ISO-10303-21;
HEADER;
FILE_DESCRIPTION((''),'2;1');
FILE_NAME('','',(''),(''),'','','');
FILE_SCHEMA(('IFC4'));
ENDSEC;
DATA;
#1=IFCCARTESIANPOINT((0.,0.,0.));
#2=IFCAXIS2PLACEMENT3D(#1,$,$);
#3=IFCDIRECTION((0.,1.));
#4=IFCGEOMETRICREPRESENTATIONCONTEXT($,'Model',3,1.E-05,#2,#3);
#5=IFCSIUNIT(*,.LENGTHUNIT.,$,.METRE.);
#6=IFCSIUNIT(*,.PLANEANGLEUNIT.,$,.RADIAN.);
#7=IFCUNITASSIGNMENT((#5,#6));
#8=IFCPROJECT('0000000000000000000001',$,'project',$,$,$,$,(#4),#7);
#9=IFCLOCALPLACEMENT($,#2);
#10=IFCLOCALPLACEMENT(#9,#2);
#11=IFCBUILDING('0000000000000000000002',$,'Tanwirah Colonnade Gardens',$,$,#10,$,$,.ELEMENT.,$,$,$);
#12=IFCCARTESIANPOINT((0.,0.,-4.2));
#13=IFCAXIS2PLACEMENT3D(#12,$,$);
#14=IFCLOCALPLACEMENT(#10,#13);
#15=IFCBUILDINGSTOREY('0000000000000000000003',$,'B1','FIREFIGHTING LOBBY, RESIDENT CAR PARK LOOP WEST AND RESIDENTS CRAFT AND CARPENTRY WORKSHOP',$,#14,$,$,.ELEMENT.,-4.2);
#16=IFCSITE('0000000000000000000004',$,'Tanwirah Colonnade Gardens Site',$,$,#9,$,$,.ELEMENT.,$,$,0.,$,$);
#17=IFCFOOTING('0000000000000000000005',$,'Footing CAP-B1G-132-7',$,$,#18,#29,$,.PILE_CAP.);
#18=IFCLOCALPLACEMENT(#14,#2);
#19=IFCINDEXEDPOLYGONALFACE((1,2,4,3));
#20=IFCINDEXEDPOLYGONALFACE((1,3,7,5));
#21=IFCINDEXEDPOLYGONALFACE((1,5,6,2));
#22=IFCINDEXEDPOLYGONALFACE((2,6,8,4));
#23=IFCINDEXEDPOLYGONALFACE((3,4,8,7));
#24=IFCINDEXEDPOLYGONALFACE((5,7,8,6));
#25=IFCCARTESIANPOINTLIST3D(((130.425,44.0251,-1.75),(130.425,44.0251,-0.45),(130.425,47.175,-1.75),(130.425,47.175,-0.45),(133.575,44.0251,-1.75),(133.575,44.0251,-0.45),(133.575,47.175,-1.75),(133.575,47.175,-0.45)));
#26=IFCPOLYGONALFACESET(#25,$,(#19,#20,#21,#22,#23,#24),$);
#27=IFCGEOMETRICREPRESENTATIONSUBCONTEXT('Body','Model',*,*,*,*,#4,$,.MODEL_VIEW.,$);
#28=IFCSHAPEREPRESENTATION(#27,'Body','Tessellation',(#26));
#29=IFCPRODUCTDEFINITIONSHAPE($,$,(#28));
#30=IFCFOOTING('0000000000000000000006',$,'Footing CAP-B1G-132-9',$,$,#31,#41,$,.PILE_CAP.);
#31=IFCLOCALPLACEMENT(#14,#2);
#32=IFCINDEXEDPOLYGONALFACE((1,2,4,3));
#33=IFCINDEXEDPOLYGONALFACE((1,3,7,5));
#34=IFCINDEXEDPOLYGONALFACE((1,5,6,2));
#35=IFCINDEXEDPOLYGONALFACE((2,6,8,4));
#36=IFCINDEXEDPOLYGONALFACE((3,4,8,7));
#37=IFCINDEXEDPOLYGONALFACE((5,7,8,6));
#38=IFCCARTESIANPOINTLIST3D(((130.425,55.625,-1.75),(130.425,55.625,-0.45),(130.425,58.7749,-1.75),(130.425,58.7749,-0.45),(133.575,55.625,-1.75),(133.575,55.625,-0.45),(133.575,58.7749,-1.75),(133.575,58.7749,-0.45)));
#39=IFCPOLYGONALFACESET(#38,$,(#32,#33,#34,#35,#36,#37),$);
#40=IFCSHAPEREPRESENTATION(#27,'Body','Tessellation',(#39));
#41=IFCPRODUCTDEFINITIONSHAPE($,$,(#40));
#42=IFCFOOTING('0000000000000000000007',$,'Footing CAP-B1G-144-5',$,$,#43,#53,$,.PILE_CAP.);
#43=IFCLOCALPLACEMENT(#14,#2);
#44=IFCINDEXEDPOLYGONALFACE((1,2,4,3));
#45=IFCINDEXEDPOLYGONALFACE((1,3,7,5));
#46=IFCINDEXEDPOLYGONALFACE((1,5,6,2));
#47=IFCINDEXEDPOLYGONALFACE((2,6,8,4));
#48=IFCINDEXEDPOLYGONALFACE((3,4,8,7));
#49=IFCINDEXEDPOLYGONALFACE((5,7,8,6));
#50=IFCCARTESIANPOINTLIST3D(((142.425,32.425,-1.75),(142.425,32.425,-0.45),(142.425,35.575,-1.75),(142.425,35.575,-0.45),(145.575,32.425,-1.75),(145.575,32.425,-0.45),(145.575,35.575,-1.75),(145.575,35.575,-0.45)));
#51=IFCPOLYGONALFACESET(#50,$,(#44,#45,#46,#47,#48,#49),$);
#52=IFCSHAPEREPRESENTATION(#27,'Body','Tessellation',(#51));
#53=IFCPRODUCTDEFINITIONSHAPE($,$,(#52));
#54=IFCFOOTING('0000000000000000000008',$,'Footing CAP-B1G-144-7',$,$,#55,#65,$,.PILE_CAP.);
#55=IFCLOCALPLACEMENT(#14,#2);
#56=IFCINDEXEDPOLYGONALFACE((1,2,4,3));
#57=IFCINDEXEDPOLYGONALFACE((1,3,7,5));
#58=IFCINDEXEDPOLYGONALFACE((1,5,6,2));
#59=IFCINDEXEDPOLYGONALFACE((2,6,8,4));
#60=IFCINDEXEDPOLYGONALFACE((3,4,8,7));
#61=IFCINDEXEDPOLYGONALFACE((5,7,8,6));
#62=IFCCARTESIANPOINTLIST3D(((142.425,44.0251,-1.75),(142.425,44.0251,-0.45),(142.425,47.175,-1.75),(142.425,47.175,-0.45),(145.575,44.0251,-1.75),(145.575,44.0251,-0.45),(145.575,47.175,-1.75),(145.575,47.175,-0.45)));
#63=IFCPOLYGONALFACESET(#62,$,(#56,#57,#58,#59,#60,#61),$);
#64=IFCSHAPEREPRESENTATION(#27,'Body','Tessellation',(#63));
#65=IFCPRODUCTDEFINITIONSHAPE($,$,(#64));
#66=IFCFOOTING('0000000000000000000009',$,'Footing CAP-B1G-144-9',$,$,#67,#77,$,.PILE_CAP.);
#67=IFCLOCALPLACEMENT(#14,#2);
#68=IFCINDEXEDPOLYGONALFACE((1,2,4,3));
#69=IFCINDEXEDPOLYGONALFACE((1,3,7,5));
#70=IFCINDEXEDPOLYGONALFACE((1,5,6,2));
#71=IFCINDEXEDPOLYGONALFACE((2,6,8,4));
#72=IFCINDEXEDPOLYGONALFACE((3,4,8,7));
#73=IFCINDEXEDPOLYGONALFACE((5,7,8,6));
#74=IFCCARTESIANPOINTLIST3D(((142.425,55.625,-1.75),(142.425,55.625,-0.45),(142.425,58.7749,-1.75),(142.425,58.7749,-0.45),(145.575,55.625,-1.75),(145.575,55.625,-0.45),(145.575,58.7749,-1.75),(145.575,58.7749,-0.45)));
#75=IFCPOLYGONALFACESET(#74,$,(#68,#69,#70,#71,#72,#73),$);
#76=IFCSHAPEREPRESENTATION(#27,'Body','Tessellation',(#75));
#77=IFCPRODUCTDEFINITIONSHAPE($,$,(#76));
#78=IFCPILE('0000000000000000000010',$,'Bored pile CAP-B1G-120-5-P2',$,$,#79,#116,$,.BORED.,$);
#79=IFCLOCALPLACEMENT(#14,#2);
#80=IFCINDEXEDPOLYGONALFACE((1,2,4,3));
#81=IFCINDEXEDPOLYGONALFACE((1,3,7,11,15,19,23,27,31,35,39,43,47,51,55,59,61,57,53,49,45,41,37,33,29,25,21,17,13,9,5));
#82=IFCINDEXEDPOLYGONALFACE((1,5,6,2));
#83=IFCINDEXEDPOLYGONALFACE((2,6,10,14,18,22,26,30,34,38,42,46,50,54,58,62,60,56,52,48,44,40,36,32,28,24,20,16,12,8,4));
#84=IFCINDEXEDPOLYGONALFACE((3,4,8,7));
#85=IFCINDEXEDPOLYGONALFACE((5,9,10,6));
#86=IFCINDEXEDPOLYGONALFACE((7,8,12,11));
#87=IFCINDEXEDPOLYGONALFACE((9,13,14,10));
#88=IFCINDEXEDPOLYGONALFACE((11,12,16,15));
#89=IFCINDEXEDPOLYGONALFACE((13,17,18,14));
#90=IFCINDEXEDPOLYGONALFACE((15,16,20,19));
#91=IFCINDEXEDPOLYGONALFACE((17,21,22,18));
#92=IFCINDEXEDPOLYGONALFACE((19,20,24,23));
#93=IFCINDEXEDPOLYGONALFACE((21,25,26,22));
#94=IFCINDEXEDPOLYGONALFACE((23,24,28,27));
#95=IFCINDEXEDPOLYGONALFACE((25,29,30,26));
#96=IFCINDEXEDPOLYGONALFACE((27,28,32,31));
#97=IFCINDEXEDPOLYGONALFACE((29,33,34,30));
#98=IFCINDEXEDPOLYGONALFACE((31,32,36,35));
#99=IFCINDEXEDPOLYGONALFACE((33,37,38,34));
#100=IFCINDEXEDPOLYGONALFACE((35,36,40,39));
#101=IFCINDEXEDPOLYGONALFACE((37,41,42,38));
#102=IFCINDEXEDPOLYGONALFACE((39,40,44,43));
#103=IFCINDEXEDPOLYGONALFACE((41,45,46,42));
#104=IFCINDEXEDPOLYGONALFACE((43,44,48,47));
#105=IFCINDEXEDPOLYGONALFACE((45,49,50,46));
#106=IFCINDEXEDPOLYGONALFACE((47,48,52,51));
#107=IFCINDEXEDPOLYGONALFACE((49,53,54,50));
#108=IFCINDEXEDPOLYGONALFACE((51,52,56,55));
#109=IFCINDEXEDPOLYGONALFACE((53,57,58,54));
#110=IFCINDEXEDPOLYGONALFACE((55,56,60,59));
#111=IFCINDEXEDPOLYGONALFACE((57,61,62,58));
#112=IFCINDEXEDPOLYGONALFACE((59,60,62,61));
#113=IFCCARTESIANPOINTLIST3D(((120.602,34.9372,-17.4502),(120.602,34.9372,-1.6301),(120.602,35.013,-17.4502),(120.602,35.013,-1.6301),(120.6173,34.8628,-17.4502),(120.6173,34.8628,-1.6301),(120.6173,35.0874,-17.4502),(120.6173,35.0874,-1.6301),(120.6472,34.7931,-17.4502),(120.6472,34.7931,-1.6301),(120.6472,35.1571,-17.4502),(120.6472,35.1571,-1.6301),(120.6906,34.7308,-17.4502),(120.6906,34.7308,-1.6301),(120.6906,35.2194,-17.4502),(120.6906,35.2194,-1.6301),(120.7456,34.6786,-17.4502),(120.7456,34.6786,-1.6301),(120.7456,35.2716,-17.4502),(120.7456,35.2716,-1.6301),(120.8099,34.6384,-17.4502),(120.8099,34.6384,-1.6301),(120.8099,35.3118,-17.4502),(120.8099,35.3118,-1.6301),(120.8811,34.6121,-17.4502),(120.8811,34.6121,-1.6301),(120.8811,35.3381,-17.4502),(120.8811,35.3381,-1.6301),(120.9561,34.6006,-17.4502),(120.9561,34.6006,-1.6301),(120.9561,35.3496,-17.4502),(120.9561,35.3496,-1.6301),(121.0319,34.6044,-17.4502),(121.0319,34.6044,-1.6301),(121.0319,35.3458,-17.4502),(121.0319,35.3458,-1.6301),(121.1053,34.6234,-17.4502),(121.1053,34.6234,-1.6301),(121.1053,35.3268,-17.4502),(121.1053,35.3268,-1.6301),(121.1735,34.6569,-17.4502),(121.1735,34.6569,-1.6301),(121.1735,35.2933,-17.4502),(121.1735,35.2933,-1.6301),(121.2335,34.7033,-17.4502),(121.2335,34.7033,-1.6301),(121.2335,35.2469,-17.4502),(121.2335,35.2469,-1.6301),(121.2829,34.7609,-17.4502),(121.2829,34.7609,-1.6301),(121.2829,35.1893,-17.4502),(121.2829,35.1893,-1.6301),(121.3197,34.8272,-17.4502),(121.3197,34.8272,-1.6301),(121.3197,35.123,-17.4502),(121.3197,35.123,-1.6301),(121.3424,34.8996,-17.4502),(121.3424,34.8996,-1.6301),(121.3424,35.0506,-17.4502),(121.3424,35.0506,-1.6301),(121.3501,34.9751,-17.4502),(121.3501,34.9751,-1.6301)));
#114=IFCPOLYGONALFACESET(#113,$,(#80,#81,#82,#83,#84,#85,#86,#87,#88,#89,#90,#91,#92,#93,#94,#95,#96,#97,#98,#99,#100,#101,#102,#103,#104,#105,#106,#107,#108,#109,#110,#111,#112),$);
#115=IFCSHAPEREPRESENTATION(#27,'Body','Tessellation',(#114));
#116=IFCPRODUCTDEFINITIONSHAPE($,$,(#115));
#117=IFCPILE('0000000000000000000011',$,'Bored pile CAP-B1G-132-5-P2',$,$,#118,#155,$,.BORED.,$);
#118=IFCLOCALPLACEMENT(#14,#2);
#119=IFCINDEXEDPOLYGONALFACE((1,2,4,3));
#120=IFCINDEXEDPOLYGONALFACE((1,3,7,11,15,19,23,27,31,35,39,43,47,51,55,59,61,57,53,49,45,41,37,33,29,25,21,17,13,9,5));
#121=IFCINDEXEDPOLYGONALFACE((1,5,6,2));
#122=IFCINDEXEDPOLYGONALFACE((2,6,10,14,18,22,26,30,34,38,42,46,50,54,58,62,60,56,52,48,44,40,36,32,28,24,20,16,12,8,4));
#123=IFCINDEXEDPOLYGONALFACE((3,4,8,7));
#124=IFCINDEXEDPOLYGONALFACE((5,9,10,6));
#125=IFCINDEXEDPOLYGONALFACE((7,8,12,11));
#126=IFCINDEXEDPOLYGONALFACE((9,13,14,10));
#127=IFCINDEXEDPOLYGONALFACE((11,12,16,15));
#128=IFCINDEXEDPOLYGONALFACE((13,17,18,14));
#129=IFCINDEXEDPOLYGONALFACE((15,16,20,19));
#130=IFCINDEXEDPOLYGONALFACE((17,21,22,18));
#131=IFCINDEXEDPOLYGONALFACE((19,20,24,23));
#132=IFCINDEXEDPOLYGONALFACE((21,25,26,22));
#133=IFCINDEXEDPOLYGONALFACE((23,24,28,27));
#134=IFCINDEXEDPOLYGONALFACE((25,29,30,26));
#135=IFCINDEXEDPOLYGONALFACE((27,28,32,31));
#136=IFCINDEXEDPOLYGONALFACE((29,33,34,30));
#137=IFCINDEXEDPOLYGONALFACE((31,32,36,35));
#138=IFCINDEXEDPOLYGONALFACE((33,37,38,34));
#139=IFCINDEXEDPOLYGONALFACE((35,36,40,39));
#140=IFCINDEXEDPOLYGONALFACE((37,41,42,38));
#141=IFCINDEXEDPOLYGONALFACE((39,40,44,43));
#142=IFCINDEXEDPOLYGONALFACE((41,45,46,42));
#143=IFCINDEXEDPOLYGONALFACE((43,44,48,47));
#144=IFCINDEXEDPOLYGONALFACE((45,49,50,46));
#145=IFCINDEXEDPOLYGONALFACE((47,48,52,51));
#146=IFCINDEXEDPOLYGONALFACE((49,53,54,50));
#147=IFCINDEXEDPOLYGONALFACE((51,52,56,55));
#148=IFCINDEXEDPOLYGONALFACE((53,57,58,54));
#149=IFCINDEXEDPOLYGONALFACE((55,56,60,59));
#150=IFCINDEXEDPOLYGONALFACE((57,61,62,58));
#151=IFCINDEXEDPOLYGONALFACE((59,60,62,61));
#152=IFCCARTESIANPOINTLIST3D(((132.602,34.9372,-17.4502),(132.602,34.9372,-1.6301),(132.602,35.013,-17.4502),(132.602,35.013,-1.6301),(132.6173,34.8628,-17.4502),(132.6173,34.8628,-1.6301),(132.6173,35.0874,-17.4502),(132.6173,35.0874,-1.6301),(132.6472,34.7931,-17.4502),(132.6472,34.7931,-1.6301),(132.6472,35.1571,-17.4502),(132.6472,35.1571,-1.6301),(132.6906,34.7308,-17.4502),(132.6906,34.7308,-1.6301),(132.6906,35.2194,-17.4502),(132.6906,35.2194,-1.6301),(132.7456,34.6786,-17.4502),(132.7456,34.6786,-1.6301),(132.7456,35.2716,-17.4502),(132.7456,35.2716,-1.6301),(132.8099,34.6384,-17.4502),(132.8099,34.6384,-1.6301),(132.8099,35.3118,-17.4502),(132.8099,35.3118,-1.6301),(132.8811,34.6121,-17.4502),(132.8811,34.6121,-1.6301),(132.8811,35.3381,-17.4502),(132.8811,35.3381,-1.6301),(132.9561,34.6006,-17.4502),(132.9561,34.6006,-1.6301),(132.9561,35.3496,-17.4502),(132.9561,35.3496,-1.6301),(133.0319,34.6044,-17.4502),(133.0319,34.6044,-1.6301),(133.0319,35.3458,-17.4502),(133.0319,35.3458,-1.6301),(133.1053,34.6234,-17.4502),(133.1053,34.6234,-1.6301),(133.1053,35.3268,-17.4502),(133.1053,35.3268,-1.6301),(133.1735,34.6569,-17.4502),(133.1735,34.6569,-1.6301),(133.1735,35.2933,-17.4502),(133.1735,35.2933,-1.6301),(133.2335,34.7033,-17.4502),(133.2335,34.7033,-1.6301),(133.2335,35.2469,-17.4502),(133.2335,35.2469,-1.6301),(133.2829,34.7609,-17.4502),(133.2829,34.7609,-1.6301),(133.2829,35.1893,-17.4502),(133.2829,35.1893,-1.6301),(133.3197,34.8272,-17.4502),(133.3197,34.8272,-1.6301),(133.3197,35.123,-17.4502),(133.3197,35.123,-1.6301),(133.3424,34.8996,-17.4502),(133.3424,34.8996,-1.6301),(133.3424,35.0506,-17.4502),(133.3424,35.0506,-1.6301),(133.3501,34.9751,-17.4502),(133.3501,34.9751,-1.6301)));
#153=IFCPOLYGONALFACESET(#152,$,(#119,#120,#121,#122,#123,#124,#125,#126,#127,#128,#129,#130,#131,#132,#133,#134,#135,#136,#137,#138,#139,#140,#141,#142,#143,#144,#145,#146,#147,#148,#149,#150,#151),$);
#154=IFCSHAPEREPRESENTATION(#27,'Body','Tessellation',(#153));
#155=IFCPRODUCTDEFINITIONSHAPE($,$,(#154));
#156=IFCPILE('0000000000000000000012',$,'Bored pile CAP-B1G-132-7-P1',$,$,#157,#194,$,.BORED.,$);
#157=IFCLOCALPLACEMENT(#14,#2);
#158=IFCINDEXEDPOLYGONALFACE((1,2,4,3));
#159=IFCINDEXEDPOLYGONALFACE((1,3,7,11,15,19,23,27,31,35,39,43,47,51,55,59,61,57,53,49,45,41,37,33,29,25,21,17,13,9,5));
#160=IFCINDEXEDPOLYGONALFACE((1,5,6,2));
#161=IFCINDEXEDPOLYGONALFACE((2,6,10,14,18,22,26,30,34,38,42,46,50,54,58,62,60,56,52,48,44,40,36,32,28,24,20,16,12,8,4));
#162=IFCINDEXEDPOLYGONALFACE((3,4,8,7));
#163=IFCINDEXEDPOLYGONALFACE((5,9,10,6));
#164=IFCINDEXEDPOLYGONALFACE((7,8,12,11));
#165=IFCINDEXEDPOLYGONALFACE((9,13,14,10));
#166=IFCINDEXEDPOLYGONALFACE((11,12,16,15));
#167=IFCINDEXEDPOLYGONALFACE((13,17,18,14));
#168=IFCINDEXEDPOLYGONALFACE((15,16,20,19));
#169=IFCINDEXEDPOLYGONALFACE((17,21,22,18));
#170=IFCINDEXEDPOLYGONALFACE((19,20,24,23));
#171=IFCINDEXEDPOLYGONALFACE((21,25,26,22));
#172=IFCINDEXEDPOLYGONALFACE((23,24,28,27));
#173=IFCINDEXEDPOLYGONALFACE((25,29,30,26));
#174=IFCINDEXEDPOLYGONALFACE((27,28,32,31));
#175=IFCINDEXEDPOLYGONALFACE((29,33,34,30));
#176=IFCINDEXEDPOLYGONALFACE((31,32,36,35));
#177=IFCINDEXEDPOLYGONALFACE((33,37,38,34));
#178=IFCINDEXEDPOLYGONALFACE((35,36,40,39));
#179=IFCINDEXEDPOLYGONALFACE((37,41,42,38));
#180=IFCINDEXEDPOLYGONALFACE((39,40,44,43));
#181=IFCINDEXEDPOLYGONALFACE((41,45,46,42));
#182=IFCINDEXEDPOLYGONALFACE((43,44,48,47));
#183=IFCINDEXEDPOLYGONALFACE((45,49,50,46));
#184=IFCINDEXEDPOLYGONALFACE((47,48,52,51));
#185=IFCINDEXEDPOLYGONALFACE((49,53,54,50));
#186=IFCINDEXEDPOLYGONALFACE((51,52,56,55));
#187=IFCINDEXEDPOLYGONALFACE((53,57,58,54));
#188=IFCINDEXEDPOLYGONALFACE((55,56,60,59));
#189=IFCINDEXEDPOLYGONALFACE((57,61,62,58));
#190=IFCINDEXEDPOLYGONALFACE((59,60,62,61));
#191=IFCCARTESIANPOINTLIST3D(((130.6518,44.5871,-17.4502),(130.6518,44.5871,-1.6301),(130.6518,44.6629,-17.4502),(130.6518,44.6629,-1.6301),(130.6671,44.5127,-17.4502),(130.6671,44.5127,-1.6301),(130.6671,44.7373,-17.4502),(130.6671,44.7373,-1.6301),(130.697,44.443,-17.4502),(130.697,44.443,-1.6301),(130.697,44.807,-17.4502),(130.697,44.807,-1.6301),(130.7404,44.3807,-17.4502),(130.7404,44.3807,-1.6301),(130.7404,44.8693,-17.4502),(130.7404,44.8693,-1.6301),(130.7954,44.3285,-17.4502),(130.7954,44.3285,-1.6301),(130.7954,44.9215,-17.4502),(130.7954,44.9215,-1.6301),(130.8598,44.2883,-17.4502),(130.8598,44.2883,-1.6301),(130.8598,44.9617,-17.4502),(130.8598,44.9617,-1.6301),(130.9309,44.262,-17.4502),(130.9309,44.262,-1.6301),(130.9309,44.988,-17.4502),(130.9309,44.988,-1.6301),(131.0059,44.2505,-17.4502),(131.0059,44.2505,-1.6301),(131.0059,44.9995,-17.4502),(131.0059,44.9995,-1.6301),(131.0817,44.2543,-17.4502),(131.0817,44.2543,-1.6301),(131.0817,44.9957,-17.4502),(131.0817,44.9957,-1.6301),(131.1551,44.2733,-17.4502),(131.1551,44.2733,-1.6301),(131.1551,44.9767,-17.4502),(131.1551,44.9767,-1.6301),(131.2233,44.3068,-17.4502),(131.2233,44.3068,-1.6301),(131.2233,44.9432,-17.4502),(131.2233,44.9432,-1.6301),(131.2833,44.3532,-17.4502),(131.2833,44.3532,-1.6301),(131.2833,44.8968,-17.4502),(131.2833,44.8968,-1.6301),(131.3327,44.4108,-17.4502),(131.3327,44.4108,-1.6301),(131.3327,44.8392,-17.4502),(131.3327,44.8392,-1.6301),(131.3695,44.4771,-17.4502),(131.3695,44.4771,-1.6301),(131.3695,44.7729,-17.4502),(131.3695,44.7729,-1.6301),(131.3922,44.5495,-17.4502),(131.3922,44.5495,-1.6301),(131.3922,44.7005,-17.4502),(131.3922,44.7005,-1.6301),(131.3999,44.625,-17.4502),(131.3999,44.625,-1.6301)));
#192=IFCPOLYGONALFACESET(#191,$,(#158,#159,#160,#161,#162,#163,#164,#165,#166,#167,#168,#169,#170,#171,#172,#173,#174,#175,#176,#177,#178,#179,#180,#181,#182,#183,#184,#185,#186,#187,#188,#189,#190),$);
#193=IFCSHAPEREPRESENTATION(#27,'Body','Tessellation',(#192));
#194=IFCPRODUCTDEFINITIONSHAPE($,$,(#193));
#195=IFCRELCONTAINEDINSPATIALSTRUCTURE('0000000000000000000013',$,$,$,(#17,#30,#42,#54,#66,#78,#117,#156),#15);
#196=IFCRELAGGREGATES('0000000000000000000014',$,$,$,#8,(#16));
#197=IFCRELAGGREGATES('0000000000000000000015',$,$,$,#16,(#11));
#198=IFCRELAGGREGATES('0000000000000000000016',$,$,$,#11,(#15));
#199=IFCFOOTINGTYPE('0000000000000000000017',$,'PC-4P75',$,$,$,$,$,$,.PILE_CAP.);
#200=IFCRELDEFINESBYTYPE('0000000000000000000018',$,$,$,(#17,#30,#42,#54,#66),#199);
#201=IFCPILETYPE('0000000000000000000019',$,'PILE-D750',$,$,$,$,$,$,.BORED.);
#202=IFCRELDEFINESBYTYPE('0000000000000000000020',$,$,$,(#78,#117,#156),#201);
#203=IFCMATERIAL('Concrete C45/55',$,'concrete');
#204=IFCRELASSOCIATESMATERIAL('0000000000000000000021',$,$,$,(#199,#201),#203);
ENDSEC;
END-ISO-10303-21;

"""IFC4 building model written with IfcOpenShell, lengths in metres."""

from ifc_helpers import new_model, si_unit, direction, frame, origin, origin_2d, place, context, subcontext, project, spatial, rectangle, circle, extrude, material, material_profile, profile_set, type_object, element, save


model = new_model("IFC4")

# Units and contexts
model_context = context("Model", 3, precision=1e-05, world=origin(), true_north=direction((0.0, 1.0)))
body_context = subcontext(model_context, "Body", "Model", "MODEL_VIEW")
ifc_project = project(units=[si_unit("LENGTHUNIT", "METRE"), si_unit("PLANEANGLEUNIT", "RADIAN")], contexts=[model_context])

# Site, building, storey
site_placement = place(None, origin())
site = spatial("IfcSite", under=ifc_project, at=site_placement, Name="Tanwirah Colonnade Gardens Site", CompositionType="ELEMENT", RefElevation=0.0)
building_placement = place(site_placement, origin())
building = spatial("IfcBuilding", under=site, at=building_placement, Name="Tanwirah Colonnade Gardens", CompositionType="ELEMENT")
storey_placement = place(building_placement, frame((0.0, 0.0, -4.2)))
storey = spatial("IfcBuildingStorey", under=building, at=storey_placement, Name="B1", Description="FIREFIGHTING LOBBY, RESIDENT CAR PARK LOOP WEST AND RESIDENTS CRAFT AND CARPENTRY WORKSHOP", CompositionType="ELEMENT", Elevation=-4.2)

# Footings
ifc_material_1 = material(Name="Concrete C45/55", Category="concrete")
footing_type = type_object("IfcFootingType", Name="PC-4P75", PredefinedType="PILE_CAP", material=ifc_material_1)
for number, where, z_axis, x_axis, name in (
    (1, (132.0, 45.6001, -1.75), (0.0, 0.0, 1.0), (1.0, 0.0, 0.0), "Footing CAP-B1G-132-7"),
    (2, (132.0, 57.2, -1.75), (0.0, 0.0, 1.0), (1.0, 0.0, 0.0), "Footing CAP-B1G-132-9"),
    (3, (144.0, 34.0, -1.75), (0.0, 0.0, 1.0), (1.0, 0.0, 0.0), "Footing CAP-B1G-144-5"),
    (4, (144.0, 45.6001, -1.75), (0.0, 0.0, 1.0), (1.0, 0.0, 0.0), "Footing CAP-B1G-144-7"),
    (5, (144.0, 57.2, -1.75), (0.0, 0.0, 1.0), (1.0, 0.0, 0.0), "Footing CAP-B1G-144-9"),
):
    element("IfcFooting", number, at=place(storey_placement, frame(where, z_axis=z_axis, x_axis=x_axis)), inside=storey, type_object=footing_type, Name=name, PredefinedType="PILE_CAP", context=body_context, shape_type="SweptSolid", body=[
        extrude(rectangle(XDim=3.1499, YDim=3.1499, at=origin_2d()), origin(), (0.0, 0.0, 1.0), 1.3),
    ])

# Piles
ifc_material_profile_1 = material_profile(ifc_material_1, circle(Radius=0.375, at=origin_2d()), Name="PILE D750")
ifc_profile_set_1 = profile_set([ifc_material_profile_1], Name="Concrete C45/55")
pile_type_1 = type_object("IfcPileType", Name="PILE-D750", PredefinedType="BORED", material=ifc_profile_set_1)
for number, where, z_axis, x_axis, name in (
    (6, (120.9751, 34.9751, -1.6301), (0.0, 0.0, -1.0), (1.0, 0.0, 0.0), "Bored pile CAP-B1G-120-5-P2"),
    (7, (132.9751, 34.9751, -1.6301), (0.0, 0.0, -1.0), (1.0, 0.0, 0.0), "Bored pile CAP-B1G-132-5-P2"),
    (8, (131.0249, 44.625, -1.6301), (0.0, 0.0, -1.0), (1.0, 0.0, 0.0), "Bored pile CAP-B1G-132-7-P1"),
):
    element("IfcPile", number, at=place(storey_placement, frame(where, z_axis=z_axis, x_axis=x_axis)), inside=storey, type_object=pile_type_1, Name=name, PredefinedType="BORED", context=body_context, shape_type="SweptSolid", body=[
        extrude(circle(Radius=0.375, at=origin_2d()), origin(), (0.0, 0.0, 1.0), 15.8201),
    ])

save(model, "model.ifc")
